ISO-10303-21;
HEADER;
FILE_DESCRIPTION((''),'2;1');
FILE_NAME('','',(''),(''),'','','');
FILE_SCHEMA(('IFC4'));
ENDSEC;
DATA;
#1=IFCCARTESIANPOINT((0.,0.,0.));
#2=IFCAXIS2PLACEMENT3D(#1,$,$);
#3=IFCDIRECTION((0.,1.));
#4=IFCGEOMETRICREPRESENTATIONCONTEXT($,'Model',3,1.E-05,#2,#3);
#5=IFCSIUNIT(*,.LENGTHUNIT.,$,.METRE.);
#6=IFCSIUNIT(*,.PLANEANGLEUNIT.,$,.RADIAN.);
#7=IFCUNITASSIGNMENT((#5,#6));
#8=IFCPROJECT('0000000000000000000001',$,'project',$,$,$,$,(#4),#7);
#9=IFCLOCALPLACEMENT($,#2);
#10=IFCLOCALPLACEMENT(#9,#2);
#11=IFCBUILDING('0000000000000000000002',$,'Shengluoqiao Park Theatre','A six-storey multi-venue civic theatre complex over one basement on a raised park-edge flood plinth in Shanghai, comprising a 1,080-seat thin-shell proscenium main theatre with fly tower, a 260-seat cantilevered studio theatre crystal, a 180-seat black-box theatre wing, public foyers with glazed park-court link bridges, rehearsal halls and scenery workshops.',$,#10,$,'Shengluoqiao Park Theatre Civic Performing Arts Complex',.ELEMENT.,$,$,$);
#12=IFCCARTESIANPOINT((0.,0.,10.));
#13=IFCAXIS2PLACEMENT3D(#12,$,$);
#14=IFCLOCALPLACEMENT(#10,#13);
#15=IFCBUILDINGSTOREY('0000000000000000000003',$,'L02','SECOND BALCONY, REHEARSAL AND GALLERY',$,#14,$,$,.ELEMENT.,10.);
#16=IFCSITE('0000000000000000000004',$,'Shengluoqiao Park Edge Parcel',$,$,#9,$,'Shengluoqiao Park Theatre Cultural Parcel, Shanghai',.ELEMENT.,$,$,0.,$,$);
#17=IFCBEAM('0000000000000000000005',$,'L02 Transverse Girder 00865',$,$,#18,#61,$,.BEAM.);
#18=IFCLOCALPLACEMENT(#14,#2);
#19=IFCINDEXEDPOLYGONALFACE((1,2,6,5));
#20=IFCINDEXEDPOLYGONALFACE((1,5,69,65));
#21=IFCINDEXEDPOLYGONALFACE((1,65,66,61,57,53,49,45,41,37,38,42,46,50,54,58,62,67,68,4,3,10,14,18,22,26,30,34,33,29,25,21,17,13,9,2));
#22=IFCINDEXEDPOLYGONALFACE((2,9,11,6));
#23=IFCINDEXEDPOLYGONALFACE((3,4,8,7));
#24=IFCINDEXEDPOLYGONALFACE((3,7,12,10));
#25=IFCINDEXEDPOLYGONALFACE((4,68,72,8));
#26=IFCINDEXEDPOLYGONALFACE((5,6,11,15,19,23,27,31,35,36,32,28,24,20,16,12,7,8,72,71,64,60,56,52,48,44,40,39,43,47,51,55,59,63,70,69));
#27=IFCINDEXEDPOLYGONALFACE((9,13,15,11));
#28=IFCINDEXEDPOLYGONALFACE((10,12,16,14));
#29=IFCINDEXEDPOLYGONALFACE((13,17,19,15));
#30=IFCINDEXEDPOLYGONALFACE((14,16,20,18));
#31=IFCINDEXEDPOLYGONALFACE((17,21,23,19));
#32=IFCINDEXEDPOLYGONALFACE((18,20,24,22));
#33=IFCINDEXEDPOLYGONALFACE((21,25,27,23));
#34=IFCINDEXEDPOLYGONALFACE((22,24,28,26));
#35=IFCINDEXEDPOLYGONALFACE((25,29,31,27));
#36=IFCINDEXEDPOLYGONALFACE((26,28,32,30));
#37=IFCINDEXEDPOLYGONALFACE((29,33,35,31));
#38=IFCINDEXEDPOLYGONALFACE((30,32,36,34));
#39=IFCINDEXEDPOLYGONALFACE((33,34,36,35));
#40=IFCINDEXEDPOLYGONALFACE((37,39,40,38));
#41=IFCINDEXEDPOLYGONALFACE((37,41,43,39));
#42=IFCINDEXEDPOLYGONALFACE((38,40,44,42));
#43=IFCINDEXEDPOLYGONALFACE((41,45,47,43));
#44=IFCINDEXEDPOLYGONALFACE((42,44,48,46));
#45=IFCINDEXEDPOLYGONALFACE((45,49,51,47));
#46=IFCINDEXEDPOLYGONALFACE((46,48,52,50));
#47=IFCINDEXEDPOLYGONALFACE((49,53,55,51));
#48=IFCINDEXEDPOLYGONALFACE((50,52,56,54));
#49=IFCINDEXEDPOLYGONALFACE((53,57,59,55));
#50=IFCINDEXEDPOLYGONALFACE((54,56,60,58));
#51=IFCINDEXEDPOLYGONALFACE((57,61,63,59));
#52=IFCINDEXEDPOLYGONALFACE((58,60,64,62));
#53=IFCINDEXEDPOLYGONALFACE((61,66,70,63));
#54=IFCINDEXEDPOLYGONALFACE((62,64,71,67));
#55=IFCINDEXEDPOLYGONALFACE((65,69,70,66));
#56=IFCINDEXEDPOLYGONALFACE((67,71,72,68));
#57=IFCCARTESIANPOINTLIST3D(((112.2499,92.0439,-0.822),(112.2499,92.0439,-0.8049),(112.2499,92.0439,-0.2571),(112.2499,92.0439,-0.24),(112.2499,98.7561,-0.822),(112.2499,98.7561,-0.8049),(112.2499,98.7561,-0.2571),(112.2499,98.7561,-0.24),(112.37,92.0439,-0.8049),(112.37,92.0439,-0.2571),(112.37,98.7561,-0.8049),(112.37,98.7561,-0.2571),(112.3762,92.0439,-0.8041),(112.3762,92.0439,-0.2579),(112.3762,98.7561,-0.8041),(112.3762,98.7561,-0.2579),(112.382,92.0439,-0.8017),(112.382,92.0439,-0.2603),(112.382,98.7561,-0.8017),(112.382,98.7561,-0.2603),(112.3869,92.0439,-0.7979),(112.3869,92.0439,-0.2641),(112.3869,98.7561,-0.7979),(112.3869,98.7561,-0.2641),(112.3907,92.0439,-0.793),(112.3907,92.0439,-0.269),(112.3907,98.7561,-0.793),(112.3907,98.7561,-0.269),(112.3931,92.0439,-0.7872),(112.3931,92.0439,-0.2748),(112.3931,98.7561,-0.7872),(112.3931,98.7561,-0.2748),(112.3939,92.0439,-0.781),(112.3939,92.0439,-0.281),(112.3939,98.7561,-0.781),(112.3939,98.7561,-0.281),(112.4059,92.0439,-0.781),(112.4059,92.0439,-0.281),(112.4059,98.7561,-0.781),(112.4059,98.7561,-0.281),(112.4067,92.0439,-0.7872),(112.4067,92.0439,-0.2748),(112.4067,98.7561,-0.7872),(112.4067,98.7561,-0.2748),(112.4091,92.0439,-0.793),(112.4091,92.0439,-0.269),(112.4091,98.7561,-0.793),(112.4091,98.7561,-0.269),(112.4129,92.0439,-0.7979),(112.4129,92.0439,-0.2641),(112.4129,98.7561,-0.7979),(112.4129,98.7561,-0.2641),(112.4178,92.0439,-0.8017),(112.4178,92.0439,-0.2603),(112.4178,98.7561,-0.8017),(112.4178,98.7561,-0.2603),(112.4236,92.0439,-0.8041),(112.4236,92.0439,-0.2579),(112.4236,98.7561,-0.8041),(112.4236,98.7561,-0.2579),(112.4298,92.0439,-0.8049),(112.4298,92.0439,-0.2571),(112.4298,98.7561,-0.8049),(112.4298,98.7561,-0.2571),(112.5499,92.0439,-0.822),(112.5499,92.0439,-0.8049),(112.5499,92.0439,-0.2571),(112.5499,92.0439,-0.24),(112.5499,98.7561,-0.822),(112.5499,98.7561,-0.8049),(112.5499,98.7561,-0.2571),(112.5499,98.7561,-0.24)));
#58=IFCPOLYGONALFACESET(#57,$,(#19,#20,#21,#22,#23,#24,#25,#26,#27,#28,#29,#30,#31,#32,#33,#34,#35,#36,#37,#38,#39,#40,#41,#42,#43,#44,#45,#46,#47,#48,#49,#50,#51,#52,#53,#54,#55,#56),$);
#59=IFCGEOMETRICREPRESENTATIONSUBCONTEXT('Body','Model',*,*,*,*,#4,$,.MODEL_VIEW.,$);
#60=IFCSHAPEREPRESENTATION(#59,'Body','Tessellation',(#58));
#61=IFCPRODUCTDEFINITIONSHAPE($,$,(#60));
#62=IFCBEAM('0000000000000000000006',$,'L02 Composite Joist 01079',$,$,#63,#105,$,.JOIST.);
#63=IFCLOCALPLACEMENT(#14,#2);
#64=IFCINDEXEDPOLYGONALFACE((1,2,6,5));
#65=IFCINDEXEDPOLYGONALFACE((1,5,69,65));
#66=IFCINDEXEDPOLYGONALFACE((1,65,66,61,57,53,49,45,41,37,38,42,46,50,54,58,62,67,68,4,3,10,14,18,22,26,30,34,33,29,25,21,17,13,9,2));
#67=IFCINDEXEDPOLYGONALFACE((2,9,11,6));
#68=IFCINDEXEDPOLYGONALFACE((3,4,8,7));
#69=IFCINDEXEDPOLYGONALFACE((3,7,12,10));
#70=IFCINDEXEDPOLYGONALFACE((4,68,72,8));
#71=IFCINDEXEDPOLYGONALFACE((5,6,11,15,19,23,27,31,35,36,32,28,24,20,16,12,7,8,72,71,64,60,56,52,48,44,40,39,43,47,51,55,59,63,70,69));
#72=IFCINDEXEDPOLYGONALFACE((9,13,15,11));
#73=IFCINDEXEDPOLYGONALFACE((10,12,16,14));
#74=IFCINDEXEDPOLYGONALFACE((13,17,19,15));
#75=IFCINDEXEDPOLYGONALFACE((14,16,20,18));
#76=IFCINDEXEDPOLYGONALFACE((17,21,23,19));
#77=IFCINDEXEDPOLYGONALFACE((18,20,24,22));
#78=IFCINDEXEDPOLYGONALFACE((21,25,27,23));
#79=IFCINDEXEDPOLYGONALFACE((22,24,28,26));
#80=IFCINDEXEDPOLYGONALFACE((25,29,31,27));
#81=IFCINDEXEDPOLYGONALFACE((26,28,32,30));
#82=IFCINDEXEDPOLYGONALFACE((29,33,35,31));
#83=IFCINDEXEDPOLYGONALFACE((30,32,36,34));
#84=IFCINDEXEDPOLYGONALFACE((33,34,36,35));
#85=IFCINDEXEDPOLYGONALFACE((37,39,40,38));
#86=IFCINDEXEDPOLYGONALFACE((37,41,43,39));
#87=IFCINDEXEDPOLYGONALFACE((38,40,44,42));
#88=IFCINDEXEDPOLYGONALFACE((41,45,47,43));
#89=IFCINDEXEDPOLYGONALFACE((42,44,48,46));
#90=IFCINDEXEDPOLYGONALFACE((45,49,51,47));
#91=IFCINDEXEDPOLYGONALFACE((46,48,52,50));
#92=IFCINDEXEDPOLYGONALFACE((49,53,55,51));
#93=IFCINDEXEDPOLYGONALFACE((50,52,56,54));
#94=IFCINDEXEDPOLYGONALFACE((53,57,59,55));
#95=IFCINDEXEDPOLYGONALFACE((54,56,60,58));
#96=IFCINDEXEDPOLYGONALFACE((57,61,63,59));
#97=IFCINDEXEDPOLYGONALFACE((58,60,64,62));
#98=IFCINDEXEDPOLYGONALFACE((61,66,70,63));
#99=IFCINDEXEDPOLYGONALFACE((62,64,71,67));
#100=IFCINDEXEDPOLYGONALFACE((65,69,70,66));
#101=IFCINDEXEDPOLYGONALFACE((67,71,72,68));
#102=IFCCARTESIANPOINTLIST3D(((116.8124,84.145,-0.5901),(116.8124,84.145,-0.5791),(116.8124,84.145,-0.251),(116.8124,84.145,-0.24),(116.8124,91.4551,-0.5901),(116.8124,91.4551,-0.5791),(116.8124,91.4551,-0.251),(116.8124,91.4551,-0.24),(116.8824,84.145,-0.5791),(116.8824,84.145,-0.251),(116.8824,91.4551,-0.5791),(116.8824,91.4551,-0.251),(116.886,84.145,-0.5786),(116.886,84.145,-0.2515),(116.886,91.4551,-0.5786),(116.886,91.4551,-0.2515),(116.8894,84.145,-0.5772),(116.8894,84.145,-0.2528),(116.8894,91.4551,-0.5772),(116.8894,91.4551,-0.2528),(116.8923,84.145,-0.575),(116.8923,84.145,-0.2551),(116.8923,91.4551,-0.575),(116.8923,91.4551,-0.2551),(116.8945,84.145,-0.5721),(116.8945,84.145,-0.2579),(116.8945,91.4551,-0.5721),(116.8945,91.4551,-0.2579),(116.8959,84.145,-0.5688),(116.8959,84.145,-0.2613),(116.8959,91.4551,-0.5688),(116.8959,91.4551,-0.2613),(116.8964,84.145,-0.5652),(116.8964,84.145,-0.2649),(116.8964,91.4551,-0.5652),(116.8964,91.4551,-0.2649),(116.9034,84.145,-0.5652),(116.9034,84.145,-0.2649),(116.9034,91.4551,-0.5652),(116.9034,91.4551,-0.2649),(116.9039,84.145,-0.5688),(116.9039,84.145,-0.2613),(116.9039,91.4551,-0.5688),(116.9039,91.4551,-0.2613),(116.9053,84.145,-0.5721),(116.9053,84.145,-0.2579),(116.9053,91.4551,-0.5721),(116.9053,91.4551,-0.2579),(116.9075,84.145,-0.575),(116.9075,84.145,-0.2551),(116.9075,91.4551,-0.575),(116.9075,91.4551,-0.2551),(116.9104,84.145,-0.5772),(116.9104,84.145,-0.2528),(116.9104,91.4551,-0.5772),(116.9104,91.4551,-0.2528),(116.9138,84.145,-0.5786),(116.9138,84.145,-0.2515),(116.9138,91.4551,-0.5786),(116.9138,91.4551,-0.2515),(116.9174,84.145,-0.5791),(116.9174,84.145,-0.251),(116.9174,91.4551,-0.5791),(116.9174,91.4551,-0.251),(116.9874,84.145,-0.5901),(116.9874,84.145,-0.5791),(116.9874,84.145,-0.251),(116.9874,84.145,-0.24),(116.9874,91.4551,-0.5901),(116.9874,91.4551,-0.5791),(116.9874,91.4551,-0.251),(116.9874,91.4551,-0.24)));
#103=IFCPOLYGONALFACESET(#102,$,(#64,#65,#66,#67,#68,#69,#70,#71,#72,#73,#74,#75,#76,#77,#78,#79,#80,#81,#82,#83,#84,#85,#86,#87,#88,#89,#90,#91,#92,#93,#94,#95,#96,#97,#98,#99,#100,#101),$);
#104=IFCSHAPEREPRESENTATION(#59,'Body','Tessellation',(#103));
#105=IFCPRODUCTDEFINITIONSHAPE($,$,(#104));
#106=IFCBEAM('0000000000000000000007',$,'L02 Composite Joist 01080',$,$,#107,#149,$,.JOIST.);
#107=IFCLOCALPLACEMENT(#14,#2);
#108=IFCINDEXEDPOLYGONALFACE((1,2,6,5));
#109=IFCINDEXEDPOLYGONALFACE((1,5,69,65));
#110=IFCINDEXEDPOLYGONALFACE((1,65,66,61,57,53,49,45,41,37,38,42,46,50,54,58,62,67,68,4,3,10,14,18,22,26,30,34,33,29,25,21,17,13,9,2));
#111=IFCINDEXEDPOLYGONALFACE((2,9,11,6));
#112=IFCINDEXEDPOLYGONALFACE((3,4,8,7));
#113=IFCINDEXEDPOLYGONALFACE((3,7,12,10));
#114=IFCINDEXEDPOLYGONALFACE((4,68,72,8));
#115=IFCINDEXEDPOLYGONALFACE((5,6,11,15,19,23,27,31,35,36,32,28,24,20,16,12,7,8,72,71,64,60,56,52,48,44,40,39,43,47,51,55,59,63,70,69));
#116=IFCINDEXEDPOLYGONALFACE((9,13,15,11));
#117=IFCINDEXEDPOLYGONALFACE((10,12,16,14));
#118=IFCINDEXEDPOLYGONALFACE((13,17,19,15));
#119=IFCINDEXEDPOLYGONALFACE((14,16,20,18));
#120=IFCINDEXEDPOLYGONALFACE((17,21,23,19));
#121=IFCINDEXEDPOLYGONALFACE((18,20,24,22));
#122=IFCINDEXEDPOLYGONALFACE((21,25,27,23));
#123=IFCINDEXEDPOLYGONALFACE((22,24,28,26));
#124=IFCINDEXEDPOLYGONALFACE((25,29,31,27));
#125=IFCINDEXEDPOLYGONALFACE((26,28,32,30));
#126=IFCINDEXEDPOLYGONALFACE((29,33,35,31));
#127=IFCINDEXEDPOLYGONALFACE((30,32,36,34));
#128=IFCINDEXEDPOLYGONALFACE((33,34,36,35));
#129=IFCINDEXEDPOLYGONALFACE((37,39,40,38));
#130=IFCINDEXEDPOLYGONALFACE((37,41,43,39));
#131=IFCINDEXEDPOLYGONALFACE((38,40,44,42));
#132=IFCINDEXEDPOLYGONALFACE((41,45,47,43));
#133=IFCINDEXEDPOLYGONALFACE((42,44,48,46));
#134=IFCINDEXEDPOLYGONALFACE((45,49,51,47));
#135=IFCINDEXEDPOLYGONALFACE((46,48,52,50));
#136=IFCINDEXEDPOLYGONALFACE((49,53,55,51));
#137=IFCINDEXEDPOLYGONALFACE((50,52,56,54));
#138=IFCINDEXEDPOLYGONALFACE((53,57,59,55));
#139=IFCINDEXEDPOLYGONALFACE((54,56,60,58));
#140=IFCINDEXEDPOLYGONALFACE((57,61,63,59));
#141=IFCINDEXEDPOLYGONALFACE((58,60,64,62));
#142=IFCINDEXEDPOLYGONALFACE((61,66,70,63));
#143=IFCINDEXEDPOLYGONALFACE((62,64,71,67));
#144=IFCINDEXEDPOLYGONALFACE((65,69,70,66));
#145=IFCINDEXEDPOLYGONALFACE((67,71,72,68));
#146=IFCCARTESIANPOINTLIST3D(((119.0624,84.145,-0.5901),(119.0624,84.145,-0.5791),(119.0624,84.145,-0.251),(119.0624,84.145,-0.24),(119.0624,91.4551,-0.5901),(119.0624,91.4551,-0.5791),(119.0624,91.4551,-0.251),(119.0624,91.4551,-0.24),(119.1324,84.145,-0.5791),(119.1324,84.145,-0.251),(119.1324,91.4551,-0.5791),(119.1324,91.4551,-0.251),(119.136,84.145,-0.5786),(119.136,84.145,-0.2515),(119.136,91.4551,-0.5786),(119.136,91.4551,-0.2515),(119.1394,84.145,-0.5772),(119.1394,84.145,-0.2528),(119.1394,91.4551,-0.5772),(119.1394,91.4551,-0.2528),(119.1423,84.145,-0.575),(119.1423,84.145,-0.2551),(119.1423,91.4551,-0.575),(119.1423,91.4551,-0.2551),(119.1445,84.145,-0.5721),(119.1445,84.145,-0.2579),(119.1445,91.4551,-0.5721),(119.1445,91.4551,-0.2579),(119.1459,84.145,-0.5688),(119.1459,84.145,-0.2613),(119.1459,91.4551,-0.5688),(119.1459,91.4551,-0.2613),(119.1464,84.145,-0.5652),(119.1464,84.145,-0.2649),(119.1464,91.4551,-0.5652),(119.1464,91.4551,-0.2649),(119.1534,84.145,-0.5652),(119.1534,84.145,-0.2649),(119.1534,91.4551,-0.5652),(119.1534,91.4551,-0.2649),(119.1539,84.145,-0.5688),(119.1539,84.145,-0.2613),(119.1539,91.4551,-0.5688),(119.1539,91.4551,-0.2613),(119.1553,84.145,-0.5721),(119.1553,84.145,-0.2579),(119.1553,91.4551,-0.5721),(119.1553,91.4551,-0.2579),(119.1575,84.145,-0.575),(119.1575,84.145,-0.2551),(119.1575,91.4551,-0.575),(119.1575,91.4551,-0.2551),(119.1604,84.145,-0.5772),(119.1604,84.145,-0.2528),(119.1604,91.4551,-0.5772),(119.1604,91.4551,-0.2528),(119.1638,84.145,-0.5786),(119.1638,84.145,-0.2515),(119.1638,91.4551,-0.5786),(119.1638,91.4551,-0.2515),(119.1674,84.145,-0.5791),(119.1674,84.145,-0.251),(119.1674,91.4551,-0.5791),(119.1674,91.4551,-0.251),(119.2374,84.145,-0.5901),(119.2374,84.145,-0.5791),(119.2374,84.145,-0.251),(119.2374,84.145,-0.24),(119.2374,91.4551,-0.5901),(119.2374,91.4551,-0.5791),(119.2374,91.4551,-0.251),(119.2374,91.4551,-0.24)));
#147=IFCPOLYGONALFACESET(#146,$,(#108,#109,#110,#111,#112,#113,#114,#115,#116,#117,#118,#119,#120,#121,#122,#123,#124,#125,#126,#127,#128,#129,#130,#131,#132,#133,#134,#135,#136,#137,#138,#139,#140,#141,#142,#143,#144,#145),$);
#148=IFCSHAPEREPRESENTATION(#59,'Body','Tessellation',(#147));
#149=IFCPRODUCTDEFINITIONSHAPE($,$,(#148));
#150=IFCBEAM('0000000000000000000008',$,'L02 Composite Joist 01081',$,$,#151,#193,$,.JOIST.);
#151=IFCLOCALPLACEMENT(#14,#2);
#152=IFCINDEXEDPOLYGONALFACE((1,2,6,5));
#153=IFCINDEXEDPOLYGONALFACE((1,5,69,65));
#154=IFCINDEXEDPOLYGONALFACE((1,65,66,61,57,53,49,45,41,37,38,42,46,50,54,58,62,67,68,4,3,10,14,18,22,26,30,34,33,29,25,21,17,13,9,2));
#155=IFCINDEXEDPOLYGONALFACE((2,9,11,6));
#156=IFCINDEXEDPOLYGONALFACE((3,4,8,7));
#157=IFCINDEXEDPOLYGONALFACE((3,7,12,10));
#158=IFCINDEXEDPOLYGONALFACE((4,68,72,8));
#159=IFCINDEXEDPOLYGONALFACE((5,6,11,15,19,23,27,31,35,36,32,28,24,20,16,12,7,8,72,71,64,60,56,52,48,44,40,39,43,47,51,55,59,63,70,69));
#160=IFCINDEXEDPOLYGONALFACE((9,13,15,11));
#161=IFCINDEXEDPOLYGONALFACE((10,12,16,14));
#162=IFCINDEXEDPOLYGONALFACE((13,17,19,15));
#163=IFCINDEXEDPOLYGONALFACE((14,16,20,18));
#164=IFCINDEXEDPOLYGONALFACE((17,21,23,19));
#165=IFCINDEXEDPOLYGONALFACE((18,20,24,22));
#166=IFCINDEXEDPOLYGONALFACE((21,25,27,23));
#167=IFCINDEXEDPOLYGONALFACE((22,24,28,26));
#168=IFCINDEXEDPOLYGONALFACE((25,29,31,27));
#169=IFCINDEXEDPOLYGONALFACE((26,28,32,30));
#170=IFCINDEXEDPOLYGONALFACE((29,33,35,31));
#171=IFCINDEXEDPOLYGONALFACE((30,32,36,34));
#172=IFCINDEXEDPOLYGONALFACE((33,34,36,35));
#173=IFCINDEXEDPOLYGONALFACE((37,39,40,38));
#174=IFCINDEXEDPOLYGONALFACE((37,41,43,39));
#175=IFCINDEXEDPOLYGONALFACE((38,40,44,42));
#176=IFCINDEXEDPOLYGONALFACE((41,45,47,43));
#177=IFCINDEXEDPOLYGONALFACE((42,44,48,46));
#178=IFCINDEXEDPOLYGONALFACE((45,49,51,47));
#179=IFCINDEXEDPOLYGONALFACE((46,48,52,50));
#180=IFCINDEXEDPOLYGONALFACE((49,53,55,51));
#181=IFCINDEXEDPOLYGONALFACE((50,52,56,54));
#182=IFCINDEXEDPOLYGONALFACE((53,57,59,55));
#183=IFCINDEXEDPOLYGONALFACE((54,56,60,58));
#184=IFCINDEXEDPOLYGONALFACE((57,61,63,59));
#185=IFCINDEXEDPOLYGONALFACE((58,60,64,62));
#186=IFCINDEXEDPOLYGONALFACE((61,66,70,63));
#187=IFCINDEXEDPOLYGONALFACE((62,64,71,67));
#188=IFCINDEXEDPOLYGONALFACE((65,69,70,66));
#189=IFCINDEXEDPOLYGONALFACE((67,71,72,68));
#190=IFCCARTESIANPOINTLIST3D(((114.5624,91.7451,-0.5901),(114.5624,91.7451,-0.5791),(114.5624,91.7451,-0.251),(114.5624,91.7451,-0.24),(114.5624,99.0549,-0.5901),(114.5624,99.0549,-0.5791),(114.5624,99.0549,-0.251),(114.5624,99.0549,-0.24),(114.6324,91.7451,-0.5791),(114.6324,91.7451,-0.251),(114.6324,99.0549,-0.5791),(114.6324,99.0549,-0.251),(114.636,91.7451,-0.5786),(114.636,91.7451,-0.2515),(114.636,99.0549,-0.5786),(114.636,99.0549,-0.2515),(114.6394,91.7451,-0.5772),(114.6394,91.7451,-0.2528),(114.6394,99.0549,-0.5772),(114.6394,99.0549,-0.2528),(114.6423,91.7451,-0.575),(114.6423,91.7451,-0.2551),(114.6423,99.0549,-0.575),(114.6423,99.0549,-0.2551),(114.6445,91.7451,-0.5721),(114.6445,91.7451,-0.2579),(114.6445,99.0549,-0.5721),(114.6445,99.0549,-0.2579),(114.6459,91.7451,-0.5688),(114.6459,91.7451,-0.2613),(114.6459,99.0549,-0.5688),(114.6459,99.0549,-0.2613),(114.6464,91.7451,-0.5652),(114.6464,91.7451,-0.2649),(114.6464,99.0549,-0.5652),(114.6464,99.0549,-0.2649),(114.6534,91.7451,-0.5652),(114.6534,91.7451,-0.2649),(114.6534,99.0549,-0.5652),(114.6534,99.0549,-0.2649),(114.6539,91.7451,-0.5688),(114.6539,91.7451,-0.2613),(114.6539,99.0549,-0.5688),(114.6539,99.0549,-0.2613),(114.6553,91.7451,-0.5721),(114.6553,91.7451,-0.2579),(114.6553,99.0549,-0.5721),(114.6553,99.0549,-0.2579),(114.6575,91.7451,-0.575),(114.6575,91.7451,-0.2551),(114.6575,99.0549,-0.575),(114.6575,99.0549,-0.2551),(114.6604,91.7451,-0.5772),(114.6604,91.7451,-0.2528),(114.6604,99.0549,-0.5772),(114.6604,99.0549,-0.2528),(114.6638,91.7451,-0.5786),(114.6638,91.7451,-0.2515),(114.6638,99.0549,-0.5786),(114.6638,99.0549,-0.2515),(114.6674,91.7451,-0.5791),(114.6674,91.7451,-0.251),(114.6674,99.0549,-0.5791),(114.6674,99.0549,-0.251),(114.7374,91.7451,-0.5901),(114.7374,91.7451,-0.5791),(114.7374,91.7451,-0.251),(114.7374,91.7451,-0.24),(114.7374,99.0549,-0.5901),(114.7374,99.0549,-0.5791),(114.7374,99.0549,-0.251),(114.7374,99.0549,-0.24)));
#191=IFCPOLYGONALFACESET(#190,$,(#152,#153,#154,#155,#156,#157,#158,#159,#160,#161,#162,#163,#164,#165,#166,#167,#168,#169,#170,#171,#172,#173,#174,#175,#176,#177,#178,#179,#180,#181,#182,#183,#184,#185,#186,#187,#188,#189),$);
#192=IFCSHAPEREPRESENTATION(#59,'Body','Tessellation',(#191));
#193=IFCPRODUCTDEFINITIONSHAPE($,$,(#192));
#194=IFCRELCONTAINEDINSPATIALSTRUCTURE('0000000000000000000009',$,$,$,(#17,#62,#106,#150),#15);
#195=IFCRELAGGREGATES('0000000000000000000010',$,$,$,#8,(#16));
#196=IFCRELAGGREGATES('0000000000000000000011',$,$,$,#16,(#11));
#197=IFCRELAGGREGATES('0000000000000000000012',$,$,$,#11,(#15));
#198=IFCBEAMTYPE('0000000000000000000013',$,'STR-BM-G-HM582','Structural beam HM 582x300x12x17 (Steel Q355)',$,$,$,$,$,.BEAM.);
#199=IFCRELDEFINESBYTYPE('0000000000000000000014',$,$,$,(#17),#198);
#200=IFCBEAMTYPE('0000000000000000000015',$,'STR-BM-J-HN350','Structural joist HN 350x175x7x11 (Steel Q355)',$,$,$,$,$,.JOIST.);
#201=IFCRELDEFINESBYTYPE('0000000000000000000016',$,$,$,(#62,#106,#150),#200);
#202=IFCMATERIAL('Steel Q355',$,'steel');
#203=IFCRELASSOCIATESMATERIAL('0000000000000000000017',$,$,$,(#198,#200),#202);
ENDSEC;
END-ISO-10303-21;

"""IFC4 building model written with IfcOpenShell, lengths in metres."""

from ifc_helpers import new_model, si_unit, direction, frame, origin, origin_2d, place, context, subcontext, project, spatial, i_section, extrude, material, material_profile, profile_set, type_object, element, save


model = new_model("IFC4")

# Units and contexts
model_context = context("Model", 3, precision=1e-05, world=origin(), true_north=direction((0.0, 1.0)))
body_context = subcontext(model_context, "Body", "Model", "MODEL_VIEW")
ifc_project = project(units=[si_unit("LENGTHUNIT", "METRE"), si_unit("PLANEANGLEUNIT", "RADIAN")], contexts=[model_context])

# Site, building, storey
site_placement = place(None, origin())
site = spatial("IfcSite", under=ifc_project, at=site_placement, Name="Shengluoqiao Park Edge Parcel", LongName="Shengluoqiao Park Theatre Cultural Parcel, Shanghai", CompositionType="ELEMENT", RefElevation=0.0)
building_placement = place(site_placement, origin())
building = spatial("IfcBuilding", under=site, at=building_placement, Name="Shengluoqiao Park Theatre", Description="A six-storey multi-venue civic theatre complex over one basement on a raised park-edge flood plinth in Shanghai, comprising a 1,080-seat thin-shell proscenium main theatre with fly tower, a 260-seat cantilevered studio theatre crystal, a 180-seat black-box theatre wing, public foyers with glazed park-court link bridges, rehearsal halls and scenery workshops.", LongName="Shengluoqiao Park Theatre Civic Performing Arts Complex", CompositionType="ELEMENT")
storey_placement = place(building_placement, frame((0.0, 0.0, 10.0)))
storey = spatial("IfcBuildingStorey", under=building, at=storey_placement, Name="L02", Description="SECOND BALCONY, REHEARSAL AND GALLERY", CompositionType="ELEMENT", Elevation=10.0)

# Beams
ifc_material_1 = material(Name="Steel Q355", Category="steel")
ifc_material_profile_1 = material_profile(ifc_material_1, i_section(OverallWidth=0.3, OverallDepth=0.582, WebThickness=0.012, FlangeThickness=0.0171, FilletRadius=0.0239, at=origin_2d()), Name="HM 582x300x12x17")
ifc_profile_set_1 = profile_set([ifc_material_profile_1], Name="Steel Q355")
beam_type_1 = type_object("IfcBeamType", Name="STR-BM-G-HM582", Description="Structural beam HM 582x300x12x17 (Steel Q355)", PredefinedType="BEAM", material=ifc_profile_set_1)
beam_1_placement = place(storey_placement, frame((112.3999, 92.0439, -0.531), z_axis=(0.0, 1.0, 0.0), x_axis=(-1.0, 0.0, 0.0)))
element("IfcBeam", 1, at=beam_1_placement, inside=storey, type_object=beam_type_1, Name="L02 Transverse Girder 00865", PredefinedType="BEAM", context=body_context, shape_type="SweptSolid", body=[
    extrude(i_section(OverallWidth=0.3, OverallDepth=0.582, WebThickness=0.012, FlangeThickness=0.0171, FilletRadius=0.0239, at=origin_2d()), origin(), (0.0, 0.0, 1.0), 6.7122),
])
ifc_material_profile_2 = material_profile(ifc_material_1, i_section(OverallWidth=0.175, OverallDepth=0.3501, WebThickness=0.0071, FlangeThickness=0.011, FilletRadius=0.0139, at=origin_2d()), Name="HN 350x175x7x11")
ifc_profile_set_2 = profile_set([ifc_material_profile_2], Name="Steel Q355")
beam_type_2 = type_object("IfcBeamType", Name="STR-BM-J-HN350", Description="Structural joist HN 350x175x7x11 (Steel Q355)", PredefinedType="JOIST", material=ifc_profile_set_2)
for number, where, z_axis, x_axis, name in (
    (2, (116.8999, 84.145, -0.415), (0.0, 1.0, 0.0), (-1.0, 0.0, 0.0), "L02 Composite Joist 01079"),
    (3, (119.1499, 84.145, -0.415), (0.0, 1.0, 0.0), (-1.0, 0.0, 0.0), "L02 Composite Joist 01080"),
):
    element("IfcBeam", number, at=place(storey_placement, frame(where, z_axis=z_axis, x_axis=x_axis)), inside=storey, type_object=beam_type_2, Name=name, PredefinedType="JOIST", context=body_context, shape_type="SweptSolid", body=[
        extrude(i_section(OverallWidth=0.175, OverallDepth=0.3501, WebThickness=0.0071, FlangeThickness=0.011, FilletRadius=0.0139, at=origin_2d()), origin(), (0.0, 0.0, 1.0), 7.3101),
    ])
for number, where, z_axis, x_axis, name in (
    (4, (114.6499, 91.7451, -0.415), (0.0, 1.0, 0.0), (-1.0, 0.0, 0.0), "L02 Composite Joist 01081"),
):
    element("IfcBeam", number, at=place(storey_placement, frame(where, z_axis=z_axis, x_axis=x_axis)), inside=storey, type_object=beam_type_2, Name=name, PredefinedType="JOIST", context=body_context, shape_type="SweptSolid", body=[
        extrude(i_section(OverallWidth=0.175, OverallDepth=0.3501, WebThickness=0.0071, FlangeThickness=0.011, FilletRadius=0.0139, at=origin_2d()), origin(), (0.0, 0.0, 1.0), 7.3098),
    ])

save(model, "model.ifc")
